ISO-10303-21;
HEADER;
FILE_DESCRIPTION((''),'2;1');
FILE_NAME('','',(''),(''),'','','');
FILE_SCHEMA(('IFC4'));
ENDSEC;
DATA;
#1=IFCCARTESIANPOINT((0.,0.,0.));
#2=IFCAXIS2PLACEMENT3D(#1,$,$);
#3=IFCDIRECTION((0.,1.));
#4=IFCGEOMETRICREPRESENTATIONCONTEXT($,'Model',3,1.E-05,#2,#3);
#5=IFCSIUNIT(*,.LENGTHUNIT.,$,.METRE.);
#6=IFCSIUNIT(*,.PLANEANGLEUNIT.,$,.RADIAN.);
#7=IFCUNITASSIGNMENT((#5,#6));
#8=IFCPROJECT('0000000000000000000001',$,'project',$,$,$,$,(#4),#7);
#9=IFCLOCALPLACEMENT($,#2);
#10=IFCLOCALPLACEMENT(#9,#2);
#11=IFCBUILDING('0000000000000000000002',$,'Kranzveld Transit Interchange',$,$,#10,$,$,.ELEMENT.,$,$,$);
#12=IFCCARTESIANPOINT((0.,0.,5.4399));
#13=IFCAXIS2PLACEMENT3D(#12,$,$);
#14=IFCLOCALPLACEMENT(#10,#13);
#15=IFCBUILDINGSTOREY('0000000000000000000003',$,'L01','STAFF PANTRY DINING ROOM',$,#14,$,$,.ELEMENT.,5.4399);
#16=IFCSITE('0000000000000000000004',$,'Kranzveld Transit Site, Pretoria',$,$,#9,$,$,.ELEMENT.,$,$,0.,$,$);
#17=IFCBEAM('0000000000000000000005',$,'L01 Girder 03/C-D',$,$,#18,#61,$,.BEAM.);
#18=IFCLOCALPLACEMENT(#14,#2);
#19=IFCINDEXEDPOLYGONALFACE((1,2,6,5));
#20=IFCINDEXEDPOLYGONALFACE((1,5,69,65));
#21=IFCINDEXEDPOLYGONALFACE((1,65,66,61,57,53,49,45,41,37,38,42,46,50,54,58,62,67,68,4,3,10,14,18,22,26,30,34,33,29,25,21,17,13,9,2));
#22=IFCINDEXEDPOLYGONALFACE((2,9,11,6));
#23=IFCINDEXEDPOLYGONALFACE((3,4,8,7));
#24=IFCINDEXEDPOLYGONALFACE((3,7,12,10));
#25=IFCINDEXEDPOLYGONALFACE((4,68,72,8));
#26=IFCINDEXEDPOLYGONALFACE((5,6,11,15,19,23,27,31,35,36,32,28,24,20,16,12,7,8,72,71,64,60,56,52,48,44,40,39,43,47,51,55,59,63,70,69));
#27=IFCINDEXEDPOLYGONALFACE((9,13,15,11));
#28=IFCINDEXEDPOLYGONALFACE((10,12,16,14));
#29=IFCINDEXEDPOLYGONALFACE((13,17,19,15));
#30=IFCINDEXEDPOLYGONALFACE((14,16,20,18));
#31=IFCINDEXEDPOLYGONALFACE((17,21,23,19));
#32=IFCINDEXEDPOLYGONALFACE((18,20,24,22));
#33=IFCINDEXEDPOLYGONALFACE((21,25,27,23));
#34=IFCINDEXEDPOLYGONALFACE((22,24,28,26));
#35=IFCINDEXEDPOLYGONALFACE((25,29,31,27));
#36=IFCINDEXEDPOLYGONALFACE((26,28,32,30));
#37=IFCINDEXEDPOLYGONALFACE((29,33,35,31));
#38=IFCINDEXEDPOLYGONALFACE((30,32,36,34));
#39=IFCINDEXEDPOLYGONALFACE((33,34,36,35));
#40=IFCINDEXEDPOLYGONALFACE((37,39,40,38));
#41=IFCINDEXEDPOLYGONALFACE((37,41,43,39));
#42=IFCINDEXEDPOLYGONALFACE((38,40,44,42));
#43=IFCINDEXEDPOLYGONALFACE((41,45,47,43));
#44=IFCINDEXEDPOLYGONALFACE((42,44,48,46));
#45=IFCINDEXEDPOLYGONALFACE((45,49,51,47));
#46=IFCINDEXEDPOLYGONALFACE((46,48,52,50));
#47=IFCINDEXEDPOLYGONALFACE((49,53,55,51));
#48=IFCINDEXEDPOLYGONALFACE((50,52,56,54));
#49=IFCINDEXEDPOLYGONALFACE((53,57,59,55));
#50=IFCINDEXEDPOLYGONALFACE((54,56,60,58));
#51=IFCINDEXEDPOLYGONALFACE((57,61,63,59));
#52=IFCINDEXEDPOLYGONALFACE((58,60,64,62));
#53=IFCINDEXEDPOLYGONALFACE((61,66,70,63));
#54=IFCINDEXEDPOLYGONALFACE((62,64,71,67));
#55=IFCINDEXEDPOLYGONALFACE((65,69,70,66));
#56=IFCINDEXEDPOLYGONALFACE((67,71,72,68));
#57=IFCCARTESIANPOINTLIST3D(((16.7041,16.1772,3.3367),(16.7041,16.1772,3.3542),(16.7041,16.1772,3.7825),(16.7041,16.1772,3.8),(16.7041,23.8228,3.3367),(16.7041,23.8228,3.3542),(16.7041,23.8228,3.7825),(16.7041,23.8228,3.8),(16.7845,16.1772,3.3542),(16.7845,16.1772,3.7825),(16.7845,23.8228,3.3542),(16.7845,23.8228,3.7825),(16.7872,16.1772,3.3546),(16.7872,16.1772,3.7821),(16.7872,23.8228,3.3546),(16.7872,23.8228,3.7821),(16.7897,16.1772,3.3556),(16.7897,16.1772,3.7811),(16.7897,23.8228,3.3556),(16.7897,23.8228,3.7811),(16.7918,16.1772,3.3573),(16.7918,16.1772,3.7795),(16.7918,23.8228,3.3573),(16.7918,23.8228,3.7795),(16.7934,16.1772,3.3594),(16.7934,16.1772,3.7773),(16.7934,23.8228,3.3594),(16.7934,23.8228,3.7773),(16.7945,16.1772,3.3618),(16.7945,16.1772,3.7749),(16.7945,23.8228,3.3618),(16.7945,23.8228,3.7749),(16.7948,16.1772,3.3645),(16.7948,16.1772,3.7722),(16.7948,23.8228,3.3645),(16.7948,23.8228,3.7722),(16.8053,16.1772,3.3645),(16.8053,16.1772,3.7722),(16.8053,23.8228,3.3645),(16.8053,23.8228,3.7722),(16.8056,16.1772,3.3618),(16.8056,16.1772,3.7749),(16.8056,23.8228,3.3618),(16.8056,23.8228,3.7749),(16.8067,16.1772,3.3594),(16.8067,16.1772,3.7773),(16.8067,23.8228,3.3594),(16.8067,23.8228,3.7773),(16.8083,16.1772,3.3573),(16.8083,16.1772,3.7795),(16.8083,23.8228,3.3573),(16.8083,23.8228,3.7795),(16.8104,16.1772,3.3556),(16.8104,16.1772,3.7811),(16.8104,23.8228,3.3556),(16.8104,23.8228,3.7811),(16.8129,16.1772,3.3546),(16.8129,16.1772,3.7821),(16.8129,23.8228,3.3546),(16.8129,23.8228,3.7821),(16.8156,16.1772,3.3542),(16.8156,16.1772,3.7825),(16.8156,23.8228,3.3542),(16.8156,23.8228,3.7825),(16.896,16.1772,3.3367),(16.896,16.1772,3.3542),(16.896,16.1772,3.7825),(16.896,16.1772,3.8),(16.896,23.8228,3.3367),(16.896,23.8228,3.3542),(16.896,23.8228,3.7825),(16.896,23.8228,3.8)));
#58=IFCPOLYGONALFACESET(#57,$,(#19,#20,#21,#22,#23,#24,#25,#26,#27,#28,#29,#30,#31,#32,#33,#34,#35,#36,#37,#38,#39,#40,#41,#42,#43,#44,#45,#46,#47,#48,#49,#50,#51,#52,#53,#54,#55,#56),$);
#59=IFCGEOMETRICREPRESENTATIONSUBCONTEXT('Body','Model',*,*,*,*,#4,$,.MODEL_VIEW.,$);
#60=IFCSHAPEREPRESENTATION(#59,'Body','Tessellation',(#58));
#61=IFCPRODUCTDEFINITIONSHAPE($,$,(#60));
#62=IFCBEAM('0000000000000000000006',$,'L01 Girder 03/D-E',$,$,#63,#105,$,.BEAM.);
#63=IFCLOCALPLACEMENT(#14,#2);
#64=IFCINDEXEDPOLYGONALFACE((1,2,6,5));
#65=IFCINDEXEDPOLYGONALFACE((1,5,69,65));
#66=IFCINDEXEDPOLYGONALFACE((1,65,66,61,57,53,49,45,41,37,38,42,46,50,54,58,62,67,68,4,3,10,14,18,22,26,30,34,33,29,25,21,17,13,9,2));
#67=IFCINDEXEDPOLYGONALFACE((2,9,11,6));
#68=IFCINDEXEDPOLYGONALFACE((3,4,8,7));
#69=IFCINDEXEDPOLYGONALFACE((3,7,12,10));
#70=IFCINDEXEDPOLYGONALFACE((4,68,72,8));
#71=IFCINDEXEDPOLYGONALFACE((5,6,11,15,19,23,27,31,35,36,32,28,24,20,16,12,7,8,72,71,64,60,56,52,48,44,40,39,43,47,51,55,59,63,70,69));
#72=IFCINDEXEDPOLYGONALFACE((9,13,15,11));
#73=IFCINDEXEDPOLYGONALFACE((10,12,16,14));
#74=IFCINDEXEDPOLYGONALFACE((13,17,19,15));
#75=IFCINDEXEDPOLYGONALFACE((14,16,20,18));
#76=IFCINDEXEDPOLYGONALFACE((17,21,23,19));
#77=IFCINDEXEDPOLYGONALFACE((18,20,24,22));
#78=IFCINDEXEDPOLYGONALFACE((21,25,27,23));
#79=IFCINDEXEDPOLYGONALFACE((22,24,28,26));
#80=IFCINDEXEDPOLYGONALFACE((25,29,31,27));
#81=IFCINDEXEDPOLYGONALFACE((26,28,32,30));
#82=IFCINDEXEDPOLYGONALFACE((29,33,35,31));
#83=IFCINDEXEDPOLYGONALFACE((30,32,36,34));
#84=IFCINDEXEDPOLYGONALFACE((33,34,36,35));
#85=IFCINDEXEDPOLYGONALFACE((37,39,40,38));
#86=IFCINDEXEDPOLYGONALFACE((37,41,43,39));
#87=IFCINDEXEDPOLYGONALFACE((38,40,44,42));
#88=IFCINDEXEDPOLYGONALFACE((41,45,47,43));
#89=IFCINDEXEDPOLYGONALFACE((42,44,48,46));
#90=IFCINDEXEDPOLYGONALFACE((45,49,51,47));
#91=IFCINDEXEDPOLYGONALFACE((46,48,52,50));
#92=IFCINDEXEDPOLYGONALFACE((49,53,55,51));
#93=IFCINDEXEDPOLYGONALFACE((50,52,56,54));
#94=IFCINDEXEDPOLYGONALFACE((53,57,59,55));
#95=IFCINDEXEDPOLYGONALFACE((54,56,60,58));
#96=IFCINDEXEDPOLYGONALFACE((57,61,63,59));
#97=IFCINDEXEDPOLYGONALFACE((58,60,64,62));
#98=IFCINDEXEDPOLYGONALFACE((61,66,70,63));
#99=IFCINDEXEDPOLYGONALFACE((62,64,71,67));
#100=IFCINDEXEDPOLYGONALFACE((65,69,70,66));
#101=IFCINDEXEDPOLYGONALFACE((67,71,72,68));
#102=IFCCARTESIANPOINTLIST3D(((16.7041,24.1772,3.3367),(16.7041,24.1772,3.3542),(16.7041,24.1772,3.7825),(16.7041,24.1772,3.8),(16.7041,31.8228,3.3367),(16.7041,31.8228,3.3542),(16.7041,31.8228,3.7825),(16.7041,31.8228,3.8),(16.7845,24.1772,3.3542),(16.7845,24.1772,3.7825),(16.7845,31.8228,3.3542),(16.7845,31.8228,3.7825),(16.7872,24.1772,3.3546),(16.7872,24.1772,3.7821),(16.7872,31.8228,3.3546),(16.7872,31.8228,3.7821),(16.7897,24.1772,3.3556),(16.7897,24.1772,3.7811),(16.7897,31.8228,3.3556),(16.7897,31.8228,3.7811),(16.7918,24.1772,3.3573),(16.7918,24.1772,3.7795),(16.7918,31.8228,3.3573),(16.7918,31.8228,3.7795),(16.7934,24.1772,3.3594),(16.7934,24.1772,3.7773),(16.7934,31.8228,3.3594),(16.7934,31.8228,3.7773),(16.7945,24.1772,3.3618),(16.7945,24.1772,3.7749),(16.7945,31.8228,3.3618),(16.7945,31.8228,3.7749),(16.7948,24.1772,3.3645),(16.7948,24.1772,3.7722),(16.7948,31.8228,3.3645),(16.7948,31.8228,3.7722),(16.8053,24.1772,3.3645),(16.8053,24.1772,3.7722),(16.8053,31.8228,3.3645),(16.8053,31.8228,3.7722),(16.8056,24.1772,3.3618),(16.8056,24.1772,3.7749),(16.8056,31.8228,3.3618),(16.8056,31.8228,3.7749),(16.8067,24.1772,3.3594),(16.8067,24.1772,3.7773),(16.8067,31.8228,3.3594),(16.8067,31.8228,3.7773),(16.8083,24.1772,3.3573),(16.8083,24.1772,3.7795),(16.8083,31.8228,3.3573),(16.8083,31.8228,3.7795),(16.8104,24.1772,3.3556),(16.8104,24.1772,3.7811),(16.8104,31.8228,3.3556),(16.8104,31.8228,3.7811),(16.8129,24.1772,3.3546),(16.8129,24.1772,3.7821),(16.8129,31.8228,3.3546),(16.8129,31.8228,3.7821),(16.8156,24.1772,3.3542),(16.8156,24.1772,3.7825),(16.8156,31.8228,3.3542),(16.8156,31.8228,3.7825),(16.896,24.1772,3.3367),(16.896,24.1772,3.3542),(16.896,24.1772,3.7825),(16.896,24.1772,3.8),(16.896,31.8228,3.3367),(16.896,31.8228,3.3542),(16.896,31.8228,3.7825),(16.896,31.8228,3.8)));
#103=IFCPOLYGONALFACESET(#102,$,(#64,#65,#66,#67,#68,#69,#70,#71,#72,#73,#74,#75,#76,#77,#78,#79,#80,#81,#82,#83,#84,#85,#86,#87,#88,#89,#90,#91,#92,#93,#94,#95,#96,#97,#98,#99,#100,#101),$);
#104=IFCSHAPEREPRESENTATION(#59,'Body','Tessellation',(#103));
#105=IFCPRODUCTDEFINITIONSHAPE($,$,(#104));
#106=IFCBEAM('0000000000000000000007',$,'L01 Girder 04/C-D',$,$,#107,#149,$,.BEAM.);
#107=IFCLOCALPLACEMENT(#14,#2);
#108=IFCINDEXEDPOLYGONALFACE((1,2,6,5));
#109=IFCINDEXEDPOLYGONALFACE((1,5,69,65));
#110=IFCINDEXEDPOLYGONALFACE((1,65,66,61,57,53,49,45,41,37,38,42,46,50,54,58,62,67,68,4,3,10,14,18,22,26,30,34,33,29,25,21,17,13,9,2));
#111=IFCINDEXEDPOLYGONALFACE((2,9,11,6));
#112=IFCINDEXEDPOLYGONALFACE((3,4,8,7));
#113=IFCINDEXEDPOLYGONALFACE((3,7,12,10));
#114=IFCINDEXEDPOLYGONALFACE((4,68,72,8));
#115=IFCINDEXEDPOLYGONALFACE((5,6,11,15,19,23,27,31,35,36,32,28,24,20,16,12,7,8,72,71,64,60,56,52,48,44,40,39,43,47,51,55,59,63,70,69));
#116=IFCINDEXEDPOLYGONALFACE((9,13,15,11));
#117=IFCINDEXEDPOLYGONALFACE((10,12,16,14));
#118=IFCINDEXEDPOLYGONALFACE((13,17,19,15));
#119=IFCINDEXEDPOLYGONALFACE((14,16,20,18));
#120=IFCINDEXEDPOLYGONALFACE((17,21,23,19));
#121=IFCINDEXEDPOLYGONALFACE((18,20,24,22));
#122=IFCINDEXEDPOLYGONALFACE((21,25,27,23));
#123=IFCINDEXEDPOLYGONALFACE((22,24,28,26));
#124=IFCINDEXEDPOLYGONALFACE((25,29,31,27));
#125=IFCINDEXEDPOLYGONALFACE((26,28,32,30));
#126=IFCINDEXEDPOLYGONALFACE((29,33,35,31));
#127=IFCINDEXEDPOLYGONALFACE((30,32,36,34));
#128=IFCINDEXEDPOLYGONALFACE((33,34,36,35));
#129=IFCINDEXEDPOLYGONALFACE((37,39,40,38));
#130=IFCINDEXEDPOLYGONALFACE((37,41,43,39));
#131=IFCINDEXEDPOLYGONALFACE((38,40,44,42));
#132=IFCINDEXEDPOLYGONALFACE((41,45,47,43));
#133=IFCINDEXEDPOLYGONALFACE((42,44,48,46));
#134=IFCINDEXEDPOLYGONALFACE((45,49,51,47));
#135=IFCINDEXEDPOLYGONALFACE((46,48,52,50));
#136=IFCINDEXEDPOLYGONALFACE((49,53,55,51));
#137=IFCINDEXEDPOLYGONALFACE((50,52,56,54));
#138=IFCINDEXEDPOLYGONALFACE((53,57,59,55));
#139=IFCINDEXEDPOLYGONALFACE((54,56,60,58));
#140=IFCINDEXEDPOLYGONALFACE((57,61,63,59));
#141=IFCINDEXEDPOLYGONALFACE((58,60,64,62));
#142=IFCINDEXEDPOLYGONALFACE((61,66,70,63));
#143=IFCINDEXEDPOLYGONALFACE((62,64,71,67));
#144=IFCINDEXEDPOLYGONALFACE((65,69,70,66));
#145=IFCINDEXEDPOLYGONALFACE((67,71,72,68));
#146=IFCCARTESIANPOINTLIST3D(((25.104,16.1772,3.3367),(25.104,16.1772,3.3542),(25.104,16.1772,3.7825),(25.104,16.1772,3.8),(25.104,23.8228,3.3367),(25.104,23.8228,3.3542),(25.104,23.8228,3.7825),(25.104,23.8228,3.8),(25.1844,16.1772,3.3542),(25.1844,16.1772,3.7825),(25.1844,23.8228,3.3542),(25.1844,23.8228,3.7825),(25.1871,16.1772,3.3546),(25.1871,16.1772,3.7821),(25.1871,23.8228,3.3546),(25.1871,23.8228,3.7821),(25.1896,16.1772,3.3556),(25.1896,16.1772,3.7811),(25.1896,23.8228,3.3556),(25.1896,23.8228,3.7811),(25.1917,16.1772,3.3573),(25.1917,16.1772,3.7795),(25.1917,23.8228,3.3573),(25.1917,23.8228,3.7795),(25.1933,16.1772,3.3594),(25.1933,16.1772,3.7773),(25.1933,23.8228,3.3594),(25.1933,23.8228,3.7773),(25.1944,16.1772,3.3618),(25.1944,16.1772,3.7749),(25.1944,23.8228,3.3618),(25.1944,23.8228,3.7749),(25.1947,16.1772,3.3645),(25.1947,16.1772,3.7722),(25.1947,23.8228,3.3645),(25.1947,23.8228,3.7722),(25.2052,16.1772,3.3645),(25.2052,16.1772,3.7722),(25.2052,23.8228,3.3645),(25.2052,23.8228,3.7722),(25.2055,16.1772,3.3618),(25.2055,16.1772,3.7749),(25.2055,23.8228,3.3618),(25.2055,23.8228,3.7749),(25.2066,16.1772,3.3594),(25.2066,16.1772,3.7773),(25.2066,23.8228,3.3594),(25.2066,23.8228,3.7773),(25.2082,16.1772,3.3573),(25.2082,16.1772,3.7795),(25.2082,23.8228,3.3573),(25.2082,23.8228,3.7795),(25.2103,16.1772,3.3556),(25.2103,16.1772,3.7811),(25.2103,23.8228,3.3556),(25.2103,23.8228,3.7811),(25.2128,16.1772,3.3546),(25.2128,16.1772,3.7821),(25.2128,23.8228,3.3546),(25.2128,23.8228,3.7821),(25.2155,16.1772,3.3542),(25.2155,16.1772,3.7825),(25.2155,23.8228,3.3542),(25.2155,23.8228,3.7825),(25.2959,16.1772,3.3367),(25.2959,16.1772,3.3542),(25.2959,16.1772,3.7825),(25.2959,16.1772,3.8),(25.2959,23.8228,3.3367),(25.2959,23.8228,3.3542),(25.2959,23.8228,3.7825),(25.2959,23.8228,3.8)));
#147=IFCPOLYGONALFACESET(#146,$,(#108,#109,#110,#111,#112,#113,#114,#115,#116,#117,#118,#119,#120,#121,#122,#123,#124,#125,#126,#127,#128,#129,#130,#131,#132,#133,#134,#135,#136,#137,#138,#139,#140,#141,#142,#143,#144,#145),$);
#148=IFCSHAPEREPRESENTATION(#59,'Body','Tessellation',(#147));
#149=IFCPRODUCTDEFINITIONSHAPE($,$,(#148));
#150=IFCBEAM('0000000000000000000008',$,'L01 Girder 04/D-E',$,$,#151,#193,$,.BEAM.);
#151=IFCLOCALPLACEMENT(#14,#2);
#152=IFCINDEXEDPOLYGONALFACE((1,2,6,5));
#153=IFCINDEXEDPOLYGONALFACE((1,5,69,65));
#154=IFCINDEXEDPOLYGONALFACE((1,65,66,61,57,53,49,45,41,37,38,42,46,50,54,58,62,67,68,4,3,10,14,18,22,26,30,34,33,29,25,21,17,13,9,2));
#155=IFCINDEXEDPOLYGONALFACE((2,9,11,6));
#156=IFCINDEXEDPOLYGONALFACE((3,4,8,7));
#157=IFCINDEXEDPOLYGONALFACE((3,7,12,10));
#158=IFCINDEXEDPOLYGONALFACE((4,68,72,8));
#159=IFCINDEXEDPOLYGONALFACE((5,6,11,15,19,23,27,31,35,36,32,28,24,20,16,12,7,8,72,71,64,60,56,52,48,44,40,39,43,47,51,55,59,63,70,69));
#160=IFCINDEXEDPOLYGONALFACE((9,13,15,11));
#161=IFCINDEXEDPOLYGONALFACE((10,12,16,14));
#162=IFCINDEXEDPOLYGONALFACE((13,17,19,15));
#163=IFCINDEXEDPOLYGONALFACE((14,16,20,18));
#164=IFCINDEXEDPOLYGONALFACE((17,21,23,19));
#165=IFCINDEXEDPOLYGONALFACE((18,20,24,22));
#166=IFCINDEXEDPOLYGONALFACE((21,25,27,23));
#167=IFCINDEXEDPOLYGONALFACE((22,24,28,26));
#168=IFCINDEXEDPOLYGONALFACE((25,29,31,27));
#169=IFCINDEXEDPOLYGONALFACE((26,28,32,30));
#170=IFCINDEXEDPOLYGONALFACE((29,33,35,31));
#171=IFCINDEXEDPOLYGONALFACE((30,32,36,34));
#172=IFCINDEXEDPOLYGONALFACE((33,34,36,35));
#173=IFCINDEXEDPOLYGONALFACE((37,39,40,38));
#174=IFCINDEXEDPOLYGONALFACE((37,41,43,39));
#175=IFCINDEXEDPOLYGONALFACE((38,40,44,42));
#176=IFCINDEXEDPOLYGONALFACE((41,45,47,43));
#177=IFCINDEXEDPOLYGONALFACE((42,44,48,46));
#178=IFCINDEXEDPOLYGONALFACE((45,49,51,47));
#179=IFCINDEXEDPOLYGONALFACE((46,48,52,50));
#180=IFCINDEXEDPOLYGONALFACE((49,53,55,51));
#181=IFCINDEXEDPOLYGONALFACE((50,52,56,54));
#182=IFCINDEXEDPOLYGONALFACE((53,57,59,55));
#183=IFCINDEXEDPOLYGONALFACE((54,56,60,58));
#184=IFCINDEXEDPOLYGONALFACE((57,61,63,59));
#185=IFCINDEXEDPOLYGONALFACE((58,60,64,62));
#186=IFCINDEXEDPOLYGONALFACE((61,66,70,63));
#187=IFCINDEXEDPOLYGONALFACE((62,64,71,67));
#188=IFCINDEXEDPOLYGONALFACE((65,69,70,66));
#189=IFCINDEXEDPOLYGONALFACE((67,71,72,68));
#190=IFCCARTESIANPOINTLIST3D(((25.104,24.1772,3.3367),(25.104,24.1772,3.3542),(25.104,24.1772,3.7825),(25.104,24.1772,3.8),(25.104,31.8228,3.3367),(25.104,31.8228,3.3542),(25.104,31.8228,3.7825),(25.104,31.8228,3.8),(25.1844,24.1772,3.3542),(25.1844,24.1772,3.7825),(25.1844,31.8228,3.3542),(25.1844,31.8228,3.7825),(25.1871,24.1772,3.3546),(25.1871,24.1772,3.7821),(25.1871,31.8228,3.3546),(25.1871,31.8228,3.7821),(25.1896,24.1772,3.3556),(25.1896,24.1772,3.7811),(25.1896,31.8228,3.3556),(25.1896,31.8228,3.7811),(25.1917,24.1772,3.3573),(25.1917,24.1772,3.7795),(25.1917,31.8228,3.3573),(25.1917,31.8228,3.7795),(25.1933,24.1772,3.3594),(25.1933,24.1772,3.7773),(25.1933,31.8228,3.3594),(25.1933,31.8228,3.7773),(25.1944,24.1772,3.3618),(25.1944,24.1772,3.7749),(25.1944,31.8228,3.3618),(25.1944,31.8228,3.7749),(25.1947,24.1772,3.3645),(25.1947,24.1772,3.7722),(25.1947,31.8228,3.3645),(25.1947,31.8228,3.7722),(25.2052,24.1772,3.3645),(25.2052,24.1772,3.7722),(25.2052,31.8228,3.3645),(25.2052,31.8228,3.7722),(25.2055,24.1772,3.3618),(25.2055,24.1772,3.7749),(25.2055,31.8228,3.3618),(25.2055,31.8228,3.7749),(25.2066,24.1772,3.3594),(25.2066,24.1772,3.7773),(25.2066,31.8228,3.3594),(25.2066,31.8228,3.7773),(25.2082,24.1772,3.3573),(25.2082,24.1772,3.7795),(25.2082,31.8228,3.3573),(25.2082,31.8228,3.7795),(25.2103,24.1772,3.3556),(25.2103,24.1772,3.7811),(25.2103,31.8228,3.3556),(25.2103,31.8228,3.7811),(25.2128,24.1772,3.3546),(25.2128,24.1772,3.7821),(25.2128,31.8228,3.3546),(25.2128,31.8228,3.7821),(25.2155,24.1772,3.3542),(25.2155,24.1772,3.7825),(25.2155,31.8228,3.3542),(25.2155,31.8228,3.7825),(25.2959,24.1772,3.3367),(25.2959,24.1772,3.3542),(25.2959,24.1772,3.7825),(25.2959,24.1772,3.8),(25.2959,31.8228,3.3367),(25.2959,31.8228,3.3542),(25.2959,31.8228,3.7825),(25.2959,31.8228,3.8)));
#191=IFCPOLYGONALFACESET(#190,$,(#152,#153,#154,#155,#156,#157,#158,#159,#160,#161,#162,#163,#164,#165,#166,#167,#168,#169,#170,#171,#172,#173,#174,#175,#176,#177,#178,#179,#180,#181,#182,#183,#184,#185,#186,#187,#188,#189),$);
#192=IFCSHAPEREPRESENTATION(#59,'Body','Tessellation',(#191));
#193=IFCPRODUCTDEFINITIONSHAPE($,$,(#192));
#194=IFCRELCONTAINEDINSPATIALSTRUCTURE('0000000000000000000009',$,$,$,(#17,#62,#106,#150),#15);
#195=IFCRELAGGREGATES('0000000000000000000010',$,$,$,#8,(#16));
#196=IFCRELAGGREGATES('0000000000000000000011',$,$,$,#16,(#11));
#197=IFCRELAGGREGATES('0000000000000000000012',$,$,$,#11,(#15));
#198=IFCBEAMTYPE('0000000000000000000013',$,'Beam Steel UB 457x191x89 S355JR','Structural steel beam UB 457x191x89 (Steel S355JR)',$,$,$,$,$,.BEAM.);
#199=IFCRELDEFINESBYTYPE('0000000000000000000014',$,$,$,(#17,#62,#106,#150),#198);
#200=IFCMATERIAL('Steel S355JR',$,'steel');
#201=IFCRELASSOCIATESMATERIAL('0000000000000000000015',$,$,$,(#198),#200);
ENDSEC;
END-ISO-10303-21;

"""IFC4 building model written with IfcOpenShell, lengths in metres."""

from ifc_helpers import new_model, si_unit, direction, frame, origin, origin_2d, place, context, subcontext, project, spatial, i_section, extrude, material, material_profile, profile_set, type_object, element, save


model = new_model("IFC4")

# Units and contexts
model_context = context("Model", 3, precision=1e-05, world=origin(), true_north=direction((0.0, 1.0)))
body_context = subcontext(model_context, "Body", "Model", "MODEL_VIEW")
ifc_project = project(units=[si_unit("LENGTHUNIT", "METRE"), si_unit("PLANEANGLEUNIT", "RADIAN")], contexts=[model_context])

# Site, building, storey
site_placement = place(None, origin())
site = spatial("IfcSite", under=ifc_project, at=site_placement, Name="Kranzveld Transit Site, Pretoria", CompositionType="ELEMENT", RefElevation=0.0)
building_placement = place(site_placement, origin())
building = spatial("IfcBuilding", under=site, at=building_placement, Name="Kranzveld Transit Interchange", CompositionType="ELEMENT")
storey_placement = place(building_placement, frame((0.0, 0.0, 5.4399)))
storey = spatial("IfcBuildingStorey", under=building, at=storey_placement, Name="L01", Description="STAFF PANTRY DINING ROOM", CompositionType="ELEMENT", Elevation=5.4399)

# Beams
ifc_material_1 = material(Name="Steel S355JR", Category="steel")
ifc_material_profile_1 = material_profile(ifc_material_1, i_section(OverallWidth=0.1919, OverallDepth=0.4634, WebThickness=0.0105, FlangeThickness=0.0176, FilletRadius=0.0103, at=origin_2d()), Name="UB 457x191x89")
ifc_profile_set_1 = profile_set([ifc_material_profile_1], Name="Steel S355JR")
beam_type_1 = type_object("IfcBeamType", Name="Beam Steel UB 457x191x89 S355JR", Description="Structural steel beam UB 457x191x89 (Steel S355JR)", PredefinedType="BEAM", material=ifc_profile_set_1)
for number, where, z_axis, x_axis, name in (
    (1, (16.8, 16.1772, 3.5684), (0.0, 1.0, 0.0), (-1.0, 0.0, 0.0), "L01 Girder 03/C-D"),
    (2, (16.8, 24.1772, 3.5684), (0.0, 1.0, 0.0), (-1.0, 0.0, 0.0), "L01 Girder 03/D-E"),
    (3, (25.2, 16.1772, 3.5684), (0.0, 1.0, 0.0), (-1.0, 0.0, 0.0), "L01 Girder 04/C-D"),
    (4, (25.2, 24.1772, 3.5684), (0.0, 1.0, 0.0), (-1.0, 0.0, 0.0), "L01 Girder 04/D-E"),
):
    element("IfcBeam", number, at=place(storey_placement, frame(where, z_axis=z_axis, x_axis=x_axis)), inside=storey, type_object=beam_type_1, Name=name, PredefinedType="BEAM", context=body_context, shape_type="SweptSolid", body=[
        extrude(i_section(OverallWidth=0.1919, OverallDepth=0.4634, WebThickness=0.0105, FlangeThickness=0.0176, FilletRadius=0.0103, at=origin_2d()), origin(), (0.0, 0.0, 1.0), 7.6455),
    ])

save(model, "model.ifc")
